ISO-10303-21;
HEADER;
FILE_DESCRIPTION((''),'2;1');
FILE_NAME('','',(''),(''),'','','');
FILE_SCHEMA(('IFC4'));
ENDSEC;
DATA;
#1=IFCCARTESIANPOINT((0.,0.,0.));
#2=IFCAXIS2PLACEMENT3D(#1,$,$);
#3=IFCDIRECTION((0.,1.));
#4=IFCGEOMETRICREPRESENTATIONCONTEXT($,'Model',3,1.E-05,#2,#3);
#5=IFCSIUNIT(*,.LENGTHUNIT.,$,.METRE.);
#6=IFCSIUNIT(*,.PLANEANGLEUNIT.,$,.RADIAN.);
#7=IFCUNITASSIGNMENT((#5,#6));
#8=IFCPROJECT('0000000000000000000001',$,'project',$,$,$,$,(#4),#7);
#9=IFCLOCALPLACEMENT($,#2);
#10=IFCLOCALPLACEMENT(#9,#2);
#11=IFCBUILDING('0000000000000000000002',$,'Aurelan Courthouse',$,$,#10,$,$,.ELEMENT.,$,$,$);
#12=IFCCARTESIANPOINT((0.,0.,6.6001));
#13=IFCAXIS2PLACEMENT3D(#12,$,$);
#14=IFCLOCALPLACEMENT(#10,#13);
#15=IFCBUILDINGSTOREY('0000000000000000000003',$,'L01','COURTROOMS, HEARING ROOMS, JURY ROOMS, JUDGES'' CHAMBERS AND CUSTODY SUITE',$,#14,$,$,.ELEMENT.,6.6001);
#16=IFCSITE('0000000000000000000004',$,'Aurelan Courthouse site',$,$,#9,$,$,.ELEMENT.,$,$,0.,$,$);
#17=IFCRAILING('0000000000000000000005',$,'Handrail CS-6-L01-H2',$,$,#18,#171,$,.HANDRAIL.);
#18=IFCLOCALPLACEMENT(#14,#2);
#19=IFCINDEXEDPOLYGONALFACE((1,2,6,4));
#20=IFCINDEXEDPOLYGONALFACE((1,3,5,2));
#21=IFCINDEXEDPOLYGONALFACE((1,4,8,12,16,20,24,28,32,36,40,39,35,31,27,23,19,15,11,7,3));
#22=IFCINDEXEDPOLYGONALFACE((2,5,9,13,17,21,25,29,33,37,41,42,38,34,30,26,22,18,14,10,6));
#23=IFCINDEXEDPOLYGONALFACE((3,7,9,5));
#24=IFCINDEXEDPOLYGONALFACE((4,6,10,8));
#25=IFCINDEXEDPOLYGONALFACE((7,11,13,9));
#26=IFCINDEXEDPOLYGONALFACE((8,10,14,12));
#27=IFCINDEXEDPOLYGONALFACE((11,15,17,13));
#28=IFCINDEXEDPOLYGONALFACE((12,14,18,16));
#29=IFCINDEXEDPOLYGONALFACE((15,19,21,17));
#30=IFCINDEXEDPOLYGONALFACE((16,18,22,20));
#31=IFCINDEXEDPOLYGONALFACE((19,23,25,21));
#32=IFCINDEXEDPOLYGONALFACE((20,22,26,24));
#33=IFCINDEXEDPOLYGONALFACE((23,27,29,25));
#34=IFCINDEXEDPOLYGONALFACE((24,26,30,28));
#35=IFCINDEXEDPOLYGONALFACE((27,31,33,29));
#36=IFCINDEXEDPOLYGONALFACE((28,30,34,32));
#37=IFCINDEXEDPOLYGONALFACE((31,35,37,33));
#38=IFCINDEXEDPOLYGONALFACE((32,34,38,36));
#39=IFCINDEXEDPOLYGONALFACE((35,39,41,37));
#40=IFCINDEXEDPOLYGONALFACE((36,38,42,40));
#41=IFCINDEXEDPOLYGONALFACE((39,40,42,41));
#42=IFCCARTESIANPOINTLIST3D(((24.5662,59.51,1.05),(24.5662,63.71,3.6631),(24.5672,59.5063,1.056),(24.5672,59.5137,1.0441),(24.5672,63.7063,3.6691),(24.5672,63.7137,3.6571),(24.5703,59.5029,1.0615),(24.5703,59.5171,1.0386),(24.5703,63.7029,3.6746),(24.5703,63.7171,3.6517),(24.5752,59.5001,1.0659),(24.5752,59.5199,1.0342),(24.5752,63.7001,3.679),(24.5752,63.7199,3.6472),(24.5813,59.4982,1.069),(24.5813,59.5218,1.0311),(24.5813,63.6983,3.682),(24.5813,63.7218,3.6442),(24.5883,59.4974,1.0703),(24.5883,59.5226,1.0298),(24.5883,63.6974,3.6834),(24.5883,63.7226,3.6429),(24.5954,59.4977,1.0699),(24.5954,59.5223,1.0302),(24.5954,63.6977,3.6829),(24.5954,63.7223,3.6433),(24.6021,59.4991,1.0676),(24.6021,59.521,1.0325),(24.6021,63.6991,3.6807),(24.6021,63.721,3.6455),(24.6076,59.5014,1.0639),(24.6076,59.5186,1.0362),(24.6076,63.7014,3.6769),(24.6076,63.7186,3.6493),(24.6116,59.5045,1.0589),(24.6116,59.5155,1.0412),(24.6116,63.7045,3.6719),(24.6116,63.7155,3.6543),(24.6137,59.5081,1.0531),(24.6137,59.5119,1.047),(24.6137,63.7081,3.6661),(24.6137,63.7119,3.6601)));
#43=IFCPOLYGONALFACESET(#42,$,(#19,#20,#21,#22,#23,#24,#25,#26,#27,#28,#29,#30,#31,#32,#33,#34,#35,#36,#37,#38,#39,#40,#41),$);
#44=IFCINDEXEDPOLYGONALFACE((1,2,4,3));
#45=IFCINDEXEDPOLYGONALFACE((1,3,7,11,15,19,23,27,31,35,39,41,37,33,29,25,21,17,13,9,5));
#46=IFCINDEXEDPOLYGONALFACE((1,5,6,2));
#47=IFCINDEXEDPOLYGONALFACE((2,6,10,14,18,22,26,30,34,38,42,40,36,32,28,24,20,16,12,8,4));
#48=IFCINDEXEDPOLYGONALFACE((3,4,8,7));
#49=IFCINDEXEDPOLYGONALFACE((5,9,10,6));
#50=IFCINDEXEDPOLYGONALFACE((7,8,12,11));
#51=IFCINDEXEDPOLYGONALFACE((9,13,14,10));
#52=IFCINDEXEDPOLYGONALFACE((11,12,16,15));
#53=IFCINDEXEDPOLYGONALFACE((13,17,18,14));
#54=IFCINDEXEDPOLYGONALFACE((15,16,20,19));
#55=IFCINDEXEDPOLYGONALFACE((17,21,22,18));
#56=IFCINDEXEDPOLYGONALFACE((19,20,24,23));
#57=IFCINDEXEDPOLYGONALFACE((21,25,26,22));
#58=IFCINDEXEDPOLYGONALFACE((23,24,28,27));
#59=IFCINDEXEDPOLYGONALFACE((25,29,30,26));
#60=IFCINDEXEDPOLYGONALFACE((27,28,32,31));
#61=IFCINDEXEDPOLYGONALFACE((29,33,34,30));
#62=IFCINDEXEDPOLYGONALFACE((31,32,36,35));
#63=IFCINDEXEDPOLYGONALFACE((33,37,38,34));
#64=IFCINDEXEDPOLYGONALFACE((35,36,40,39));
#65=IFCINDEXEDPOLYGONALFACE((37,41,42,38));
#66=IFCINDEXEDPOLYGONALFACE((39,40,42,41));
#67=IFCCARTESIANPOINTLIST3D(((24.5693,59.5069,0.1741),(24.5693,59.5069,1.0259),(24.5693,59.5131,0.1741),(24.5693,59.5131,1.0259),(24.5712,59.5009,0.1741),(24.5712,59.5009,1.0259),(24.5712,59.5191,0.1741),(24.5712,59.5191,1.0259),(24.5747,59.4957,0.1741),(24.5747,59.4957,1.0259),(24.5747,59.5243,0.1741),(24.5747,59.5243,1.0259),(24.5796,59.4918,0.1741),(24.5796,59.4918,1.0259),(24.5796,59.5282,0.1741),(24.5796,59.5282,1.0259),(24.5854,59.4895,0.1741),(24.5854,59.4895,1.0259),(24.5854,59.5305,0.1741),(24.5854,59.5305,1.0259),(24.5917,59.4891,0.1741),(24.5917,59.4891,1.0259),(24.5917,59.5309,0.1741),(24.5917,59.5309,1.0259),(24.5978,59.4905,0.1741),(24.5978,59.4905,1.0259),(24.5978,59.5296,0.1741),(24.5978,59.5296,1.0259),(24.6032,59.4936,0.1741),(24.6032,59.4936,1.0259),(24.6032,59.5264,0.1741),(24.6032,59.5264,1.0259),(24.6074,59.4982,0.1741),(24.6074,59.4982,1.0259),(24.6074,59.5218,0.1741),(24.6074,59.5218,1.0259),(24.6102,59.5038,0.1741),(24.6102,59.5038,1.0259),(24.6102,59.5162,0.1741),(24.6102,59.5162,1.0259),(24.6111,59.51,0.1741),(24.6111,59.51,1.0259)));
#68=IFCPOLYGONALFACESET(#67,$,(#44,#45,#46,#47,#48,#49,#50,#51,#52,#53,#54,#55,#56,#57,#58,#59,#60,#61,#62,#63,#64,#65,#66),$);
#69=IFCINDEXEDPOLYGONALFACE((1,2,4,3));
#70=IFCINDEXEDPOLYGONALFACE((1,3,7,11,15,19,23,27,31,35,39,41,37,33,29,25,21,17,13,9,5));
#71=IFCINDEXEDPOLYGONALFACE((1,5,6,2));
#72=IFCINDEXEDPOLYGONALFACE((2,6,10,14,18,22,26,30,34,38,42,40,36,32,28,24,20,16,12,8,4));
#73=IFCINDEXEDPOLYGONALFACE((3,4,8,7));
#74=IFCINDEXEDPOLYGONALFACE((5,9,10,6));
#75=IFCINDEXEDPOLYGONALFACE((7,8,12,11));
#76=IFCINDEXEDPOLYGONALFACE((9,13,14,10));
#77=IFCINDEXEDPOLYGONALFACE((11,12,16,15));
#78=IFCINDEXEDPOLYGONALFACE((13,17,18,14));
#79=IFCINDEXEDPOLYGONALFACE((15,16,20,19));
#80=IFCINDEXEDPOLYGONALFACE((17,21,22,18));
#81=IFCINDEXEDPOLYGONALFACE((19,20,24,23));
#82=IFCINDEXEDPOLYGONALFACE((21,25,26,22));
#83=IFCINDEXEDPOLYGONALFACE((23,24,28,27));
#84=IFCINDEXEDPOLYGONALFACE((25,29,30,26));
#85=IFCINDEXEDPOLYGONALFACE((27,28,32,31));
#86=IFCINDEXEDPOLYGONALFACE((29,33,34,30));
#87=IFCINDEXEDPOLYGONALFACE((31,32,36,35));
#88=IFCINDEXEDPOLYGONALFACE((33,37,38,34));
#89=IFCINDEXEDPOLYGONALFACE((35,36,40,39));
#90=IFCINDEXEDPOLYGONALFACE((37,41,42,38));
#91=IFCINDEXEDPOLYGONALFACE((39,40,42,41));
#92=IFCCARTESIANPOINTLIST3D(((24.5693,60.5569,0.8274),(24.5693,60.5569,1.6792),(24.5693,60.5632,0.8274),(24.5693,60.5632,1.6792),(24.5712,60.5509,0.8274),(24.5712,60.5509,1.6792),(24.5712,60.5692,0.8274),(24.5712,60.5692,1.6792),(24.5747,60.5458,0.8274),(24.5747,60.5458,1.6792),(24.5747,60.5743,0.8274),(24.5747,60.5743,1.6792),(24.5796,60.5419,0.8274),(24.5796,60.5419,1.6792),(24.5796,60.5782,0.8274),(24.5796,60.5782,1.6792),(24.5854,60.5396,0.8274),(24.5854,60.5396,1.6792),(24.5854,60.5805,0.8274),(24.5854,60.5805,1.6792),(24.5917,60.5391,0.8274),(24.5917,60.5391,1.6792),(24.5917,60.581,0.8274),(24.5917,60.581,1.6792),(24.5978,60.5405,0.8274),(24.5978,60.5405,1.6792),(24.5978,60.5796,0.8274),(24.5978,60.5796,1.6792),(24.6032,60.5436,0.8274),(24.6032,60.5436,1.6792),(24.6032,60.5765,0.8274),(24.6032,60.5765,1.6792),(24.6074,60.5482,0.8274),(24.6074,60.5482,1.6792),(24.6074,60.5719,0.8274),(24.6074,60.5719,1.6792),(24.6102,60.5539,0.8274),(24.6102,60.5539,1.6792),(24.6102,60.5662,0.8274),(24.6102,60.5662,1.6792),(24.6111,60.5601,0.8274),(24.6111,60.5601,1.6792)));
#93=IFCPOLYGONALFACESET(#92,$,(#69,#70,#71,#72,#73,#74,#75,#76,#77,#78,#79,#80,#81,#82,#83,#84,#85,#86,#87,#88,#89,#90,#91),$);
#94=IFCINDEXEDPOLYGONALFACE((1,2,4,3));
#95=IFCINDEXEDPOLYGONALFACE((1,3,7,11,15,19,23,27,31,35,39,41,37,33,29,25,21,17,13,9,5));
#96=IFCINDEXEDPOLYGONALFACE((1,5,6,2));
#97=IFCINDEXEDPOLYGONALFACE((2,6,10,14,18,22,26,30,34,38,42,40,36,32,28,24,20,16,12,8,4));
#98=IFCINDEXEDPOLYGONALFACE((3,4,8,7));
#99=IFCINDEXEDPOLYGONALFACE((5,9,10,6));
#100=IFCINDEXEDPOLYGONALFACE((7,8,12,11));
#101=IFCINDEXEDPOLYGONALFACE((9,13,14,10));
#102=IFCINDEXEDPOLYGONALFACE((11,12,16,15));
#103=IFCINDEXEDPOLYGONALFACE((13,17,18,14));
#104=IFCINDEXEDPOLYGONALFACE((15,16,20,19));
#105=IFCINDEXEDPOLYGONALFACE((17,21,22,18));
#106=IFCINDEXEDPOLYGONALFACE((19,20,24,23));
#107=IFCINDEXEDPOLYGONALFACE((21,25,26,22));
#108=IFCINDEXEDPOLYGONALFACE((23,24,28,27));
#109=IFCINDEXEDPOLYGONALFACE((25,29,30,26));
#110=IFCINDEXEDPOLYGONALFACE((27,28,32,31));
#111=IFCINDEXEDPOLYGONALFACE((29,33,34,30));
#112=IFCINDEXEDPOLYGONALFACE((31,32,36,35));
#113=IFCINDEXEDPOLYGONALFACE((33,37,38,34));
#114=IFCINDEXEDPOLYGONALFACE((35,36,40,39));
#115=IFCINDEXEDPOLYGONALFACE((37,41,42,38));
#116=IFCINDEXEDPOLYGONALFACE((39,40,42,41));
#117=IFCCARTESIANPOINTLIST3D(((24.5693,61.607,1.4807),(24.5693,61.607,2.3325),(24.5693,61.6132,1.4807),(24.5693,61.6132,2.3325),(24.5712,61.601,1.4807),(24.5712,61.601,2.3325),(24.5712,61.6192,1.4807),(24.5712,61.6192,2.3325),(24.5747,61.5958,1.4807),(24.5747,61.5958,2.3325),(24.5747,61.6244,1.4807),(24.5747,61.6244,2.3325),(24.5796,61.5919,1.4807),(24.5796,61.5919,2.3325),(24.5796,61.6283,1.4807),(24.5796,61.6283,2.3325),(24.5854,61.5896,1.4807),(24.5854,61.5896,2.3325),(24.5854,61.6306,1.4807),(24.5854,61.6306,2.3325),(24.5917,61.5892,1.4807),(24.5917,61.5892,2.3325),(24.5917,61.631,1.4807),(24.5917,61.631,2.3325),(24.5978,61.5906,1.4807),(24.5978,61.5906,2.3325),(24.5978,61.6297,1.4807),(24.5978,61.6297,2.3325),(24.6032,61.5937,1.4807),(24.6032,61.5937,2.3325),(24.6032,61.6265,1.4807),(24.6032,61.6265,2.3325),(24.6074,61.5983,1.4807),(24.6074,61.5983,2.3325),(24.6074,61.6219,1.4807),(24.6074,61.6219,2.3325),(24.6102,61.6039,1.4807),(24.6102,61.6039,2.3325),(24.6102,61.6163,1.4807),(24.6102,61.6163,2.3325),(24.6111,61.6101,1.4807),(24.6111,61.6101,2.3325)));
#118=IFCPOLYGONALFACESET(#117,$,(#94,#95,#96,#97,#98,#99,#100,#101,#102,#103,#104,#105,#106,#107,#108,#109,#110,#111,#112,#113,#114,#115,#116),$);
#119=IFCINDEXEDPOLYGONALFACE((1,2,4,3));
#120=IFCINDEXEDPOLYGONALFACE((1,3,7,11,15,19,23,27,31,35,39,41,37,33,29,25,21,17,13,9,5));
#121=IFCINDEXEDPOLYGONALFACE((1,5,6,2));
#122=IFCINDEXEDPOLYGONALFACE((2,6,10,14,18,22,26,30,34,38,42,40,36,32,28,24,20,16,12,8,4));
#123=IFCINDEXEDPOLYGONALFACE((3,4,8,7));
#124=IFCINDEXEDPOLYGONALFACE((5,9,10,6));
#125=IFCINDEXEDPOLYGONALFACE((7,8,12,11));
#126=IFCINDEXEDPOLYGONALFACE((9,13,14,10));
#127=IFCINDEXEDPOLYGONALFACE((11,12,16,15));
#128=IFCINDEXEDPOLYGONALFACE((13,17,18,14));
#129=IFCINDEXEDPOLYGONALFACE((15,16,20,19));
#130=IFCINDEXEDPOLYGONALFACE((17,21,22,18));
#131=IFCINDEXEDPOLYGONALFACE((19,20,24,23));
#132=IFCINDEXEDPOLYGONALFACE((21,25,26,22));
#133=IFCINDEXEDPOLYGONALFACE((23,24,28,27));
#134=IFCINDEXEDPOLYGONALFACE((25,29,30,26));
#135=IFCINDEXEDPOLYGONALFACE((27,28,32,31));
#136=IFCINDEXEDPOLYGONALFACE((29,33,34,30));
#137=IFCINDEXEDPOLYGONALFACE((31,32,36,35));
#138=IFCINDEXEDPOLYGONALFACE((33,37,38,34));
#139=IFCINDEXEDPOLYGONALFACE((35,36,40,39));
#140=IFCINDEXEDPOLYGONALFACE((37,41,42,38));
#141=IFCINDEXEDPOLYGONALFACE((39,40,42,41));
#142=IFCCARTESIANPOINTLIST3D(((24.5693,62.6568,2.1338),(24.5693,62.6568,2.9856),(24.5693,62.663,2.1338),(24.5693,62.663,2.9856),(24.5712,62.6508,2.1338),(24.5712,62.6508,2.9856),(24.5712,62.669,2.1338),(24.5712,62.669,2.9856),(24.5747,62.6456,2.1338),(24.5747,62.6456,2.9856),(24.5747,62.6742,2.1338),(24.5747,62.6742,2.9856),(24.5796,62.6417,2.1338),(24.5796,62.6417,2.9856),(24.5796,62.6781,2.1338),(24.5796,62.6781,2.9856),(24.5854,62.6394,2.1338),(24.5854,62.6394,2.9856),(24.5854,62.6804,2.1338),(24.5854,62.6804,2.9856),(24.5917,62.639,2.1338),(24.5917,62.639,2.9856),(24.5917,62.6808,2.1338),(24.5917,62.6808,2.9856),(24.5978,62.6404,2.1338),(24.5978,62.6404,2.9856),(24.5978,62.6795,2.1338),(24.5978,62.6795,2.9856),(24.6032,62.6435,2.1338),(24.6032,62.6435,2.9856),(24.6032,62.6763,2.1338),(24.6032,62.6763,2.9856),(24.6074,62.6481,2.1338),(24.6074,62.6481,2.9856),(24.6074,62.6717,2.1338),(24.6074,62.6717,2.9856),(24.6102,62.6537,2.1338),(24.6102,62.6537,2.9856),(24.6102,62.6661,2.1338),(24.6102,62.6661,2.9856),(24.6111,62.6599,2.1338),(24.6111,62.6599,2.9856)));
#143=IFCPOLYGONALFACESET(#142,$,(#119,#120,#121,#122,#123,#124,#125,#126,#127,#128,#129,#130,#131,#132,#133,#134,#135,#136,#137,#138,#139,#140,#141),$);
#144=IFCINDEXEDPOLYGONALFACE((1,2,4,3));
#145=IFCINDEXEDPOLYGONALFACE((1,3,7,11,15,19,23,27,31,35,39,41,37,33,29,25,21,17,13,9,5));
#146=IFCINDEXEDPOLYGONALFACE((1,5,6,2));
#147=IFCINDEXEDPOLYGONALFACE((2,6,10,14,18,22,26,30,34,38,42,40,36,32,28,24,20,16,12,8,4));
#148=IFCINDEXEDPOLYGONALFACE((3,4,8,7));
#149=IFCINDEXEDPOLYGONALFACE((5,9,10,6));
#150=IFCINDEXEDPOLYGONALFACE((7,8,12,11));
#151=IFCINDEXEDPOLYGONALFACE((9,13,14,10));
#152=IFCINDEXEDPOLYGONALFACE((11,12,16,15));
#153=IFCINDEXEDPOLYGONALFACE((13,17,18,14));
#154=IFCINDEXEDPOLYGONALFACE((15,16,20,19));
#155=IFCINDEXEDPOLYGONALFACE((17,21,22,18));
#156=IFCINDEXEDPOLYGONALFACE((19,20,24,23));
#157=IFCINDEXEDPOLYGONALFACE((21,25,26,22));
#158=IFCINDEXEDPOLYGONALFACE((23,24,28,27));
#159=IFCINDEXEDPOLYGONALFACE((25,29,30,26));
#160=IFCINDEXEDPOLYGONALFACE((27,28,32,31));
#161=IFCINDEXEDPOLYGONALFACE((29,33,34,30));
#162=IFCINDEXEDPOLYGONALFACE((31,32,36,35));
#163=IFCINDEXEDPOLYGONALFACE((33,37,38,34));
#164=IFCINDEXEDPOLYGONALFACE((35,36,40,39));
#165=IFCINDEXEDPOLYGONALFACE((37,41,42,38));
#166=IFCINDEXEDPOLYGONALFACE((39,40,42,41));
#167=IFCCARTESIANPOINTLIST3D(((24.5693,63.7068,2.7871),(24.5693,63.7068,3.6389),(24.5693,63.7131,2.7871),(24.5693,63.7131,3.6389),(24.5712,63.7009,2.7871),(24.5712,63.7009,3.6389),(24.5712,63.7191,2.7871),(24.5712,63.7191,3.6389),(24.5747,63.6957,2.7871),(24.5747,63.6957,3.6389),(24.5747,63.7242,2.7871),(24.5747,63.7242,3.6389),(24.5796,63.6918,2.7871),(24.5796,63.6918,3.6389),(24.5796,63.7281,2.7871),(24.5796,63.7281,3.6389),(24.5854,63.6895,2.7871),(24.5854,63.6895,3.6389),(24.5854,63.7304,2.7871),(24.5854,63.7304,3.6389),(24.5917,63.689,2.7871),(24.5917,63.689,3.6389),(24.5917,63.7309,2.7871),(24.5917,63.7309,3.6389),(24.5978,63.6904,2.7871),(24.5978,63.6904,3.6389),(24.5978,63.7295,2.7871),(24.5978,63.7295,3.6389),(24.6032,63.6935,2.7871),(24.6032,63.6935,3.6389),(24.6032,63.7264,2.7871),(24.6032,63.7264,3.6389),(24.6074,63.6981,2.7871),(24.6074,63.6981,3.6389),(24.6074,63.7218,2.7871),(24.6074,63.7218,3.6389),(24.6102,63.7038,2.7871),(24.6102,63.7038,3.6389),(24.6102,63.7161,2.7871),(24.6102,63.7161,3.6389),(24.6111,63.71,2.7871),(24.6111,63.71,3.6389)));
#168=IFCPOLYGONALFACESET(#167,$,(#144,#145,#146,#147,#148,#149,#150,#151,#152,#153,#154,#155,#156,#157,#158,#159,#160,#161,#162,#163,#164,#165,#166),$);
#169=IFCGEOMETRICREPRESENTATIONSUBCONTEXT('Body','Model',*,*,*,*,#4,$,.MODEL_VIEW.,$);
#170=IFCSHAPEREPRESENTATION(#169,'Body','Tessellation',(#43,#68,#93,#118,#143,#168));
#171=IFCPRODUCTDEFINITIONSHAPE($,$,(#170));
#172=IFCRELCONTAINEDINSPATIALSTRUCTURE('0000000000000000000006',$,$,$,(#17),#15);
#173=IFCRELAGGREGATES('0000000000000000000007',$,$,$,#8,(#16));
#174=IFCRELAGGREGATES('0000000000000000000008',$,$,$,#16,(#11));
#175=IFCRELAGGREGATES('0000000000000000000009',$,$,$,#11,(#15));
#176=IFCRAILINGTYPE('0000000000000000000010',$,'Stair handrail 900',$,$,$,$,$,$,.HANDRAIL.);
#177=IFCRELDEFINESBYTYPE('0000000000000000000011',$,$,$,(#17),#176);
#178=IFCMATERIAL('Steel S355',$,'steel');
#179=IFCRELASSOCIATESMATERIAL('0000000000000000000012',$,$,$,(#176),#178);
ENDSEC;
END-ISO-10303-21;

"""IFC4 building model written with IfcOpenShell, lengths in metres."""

from ifc_helpers import new_model, si_unit, direction, frame, origin, origin_2d, place, context, subcontext, project, spatial, circle, extrude, material, type_object, element, save


model = new_model("IFC4")

# Units and contexts
model_context = context("Model", 3, precision=1e-05, world=origin(), true_north=direction((0.0, 1.0)))
body_context = subcontext(model_context, "Body", "Model", "MODEL_VIEW")
ifc_project = project(units=[si_unit("LENGTHUNIT", "METRE"), si_unit("PLANEANGLEUNIT", "RADIAN")], contexts=[model_context])

# Site, building, storey
site_placement = place(None, origin())
site = spatial("IfcSite", under=ifc_project, at=site_placement, Name="Aurelan Courthouse site", CompositionType="ELEMENT", RefElevation=0.0)
building_placement = place(site_placement, origin())
building = spatial("IfcBuilding", under=site, at=building_placement, Name="Aurelan Courthouse", CompositionType="ELEMENT")
storey_placement = place(building_placement, frame((0.0, 0.0, 6.6001)))
storey = spatial("IfcBuildingStorey", under=building, at=storey_placement, Name="L01", Description="COURTROOMS, HEARING ROOMS, JURY ROOMS, JUDGES' CHAMBERS AND CUSTODY SUITE", CompositionType="ELEMENT", Elevation=6.6001)

# Railing
ifc_material_1 = material(Name="Steel S355", Category="steel")
railing_type_1 = type_object("IfcRailingType", Name="Stair handrail 900", PredefinedType="HANDRAIL", material=ifc_material_1)
for number, where, name in (
    (1, (24.5901, 59.51, 0.1741), "Handrail CS-6-L01-H2"),
):
    element("IfcRailing", number, at=place(storey_placement, frame(where)), inside=storey, type_object=railing_type_1, Name=name, PredefinedType="HANDRAIL", context=body_context, shape_type="SweptSolid", body=[
        extrude(circle(Radius=0.0239, at=origin_2d()), frame((0.0, 0.0, 0.876), z_axis=(0.0, 0.849081, 0.528263), x_axis=(-1.0, 0.0, 0.0)), (0.0, 0.0, 1.0), 4.9465),
        extrude(circle(Radius=0.021, at=origin_2d()), origin(), (0.0, 0.0, 1.0), 0.8518),
        extrude(circle(Radius=0.021, at=origin_2d()), frame((0.0, 1.05, 0.6533)), (0.0, 0.0, 1.0), 0.8518),
        extrude(circle(Radius=0.021, at=origin_2d()), frame((0.0, 2.1001, 1.3066)), (0.0, 0.0, 1.0), 0.8518),
        extrude(circle(Radius=0.021, at=origin_2d()), frame((0.0, 3.1499, 1.9597)), (0.0, 0.0, 1.0), 0.8518),
        extrude(circle(Radius=0.021, at=origin_2d()), frame((0.0, 4.2, 2.613)), (0.0, 0.0, 1.0), 0.8518),
    ])

save(model, "model.ifc")
